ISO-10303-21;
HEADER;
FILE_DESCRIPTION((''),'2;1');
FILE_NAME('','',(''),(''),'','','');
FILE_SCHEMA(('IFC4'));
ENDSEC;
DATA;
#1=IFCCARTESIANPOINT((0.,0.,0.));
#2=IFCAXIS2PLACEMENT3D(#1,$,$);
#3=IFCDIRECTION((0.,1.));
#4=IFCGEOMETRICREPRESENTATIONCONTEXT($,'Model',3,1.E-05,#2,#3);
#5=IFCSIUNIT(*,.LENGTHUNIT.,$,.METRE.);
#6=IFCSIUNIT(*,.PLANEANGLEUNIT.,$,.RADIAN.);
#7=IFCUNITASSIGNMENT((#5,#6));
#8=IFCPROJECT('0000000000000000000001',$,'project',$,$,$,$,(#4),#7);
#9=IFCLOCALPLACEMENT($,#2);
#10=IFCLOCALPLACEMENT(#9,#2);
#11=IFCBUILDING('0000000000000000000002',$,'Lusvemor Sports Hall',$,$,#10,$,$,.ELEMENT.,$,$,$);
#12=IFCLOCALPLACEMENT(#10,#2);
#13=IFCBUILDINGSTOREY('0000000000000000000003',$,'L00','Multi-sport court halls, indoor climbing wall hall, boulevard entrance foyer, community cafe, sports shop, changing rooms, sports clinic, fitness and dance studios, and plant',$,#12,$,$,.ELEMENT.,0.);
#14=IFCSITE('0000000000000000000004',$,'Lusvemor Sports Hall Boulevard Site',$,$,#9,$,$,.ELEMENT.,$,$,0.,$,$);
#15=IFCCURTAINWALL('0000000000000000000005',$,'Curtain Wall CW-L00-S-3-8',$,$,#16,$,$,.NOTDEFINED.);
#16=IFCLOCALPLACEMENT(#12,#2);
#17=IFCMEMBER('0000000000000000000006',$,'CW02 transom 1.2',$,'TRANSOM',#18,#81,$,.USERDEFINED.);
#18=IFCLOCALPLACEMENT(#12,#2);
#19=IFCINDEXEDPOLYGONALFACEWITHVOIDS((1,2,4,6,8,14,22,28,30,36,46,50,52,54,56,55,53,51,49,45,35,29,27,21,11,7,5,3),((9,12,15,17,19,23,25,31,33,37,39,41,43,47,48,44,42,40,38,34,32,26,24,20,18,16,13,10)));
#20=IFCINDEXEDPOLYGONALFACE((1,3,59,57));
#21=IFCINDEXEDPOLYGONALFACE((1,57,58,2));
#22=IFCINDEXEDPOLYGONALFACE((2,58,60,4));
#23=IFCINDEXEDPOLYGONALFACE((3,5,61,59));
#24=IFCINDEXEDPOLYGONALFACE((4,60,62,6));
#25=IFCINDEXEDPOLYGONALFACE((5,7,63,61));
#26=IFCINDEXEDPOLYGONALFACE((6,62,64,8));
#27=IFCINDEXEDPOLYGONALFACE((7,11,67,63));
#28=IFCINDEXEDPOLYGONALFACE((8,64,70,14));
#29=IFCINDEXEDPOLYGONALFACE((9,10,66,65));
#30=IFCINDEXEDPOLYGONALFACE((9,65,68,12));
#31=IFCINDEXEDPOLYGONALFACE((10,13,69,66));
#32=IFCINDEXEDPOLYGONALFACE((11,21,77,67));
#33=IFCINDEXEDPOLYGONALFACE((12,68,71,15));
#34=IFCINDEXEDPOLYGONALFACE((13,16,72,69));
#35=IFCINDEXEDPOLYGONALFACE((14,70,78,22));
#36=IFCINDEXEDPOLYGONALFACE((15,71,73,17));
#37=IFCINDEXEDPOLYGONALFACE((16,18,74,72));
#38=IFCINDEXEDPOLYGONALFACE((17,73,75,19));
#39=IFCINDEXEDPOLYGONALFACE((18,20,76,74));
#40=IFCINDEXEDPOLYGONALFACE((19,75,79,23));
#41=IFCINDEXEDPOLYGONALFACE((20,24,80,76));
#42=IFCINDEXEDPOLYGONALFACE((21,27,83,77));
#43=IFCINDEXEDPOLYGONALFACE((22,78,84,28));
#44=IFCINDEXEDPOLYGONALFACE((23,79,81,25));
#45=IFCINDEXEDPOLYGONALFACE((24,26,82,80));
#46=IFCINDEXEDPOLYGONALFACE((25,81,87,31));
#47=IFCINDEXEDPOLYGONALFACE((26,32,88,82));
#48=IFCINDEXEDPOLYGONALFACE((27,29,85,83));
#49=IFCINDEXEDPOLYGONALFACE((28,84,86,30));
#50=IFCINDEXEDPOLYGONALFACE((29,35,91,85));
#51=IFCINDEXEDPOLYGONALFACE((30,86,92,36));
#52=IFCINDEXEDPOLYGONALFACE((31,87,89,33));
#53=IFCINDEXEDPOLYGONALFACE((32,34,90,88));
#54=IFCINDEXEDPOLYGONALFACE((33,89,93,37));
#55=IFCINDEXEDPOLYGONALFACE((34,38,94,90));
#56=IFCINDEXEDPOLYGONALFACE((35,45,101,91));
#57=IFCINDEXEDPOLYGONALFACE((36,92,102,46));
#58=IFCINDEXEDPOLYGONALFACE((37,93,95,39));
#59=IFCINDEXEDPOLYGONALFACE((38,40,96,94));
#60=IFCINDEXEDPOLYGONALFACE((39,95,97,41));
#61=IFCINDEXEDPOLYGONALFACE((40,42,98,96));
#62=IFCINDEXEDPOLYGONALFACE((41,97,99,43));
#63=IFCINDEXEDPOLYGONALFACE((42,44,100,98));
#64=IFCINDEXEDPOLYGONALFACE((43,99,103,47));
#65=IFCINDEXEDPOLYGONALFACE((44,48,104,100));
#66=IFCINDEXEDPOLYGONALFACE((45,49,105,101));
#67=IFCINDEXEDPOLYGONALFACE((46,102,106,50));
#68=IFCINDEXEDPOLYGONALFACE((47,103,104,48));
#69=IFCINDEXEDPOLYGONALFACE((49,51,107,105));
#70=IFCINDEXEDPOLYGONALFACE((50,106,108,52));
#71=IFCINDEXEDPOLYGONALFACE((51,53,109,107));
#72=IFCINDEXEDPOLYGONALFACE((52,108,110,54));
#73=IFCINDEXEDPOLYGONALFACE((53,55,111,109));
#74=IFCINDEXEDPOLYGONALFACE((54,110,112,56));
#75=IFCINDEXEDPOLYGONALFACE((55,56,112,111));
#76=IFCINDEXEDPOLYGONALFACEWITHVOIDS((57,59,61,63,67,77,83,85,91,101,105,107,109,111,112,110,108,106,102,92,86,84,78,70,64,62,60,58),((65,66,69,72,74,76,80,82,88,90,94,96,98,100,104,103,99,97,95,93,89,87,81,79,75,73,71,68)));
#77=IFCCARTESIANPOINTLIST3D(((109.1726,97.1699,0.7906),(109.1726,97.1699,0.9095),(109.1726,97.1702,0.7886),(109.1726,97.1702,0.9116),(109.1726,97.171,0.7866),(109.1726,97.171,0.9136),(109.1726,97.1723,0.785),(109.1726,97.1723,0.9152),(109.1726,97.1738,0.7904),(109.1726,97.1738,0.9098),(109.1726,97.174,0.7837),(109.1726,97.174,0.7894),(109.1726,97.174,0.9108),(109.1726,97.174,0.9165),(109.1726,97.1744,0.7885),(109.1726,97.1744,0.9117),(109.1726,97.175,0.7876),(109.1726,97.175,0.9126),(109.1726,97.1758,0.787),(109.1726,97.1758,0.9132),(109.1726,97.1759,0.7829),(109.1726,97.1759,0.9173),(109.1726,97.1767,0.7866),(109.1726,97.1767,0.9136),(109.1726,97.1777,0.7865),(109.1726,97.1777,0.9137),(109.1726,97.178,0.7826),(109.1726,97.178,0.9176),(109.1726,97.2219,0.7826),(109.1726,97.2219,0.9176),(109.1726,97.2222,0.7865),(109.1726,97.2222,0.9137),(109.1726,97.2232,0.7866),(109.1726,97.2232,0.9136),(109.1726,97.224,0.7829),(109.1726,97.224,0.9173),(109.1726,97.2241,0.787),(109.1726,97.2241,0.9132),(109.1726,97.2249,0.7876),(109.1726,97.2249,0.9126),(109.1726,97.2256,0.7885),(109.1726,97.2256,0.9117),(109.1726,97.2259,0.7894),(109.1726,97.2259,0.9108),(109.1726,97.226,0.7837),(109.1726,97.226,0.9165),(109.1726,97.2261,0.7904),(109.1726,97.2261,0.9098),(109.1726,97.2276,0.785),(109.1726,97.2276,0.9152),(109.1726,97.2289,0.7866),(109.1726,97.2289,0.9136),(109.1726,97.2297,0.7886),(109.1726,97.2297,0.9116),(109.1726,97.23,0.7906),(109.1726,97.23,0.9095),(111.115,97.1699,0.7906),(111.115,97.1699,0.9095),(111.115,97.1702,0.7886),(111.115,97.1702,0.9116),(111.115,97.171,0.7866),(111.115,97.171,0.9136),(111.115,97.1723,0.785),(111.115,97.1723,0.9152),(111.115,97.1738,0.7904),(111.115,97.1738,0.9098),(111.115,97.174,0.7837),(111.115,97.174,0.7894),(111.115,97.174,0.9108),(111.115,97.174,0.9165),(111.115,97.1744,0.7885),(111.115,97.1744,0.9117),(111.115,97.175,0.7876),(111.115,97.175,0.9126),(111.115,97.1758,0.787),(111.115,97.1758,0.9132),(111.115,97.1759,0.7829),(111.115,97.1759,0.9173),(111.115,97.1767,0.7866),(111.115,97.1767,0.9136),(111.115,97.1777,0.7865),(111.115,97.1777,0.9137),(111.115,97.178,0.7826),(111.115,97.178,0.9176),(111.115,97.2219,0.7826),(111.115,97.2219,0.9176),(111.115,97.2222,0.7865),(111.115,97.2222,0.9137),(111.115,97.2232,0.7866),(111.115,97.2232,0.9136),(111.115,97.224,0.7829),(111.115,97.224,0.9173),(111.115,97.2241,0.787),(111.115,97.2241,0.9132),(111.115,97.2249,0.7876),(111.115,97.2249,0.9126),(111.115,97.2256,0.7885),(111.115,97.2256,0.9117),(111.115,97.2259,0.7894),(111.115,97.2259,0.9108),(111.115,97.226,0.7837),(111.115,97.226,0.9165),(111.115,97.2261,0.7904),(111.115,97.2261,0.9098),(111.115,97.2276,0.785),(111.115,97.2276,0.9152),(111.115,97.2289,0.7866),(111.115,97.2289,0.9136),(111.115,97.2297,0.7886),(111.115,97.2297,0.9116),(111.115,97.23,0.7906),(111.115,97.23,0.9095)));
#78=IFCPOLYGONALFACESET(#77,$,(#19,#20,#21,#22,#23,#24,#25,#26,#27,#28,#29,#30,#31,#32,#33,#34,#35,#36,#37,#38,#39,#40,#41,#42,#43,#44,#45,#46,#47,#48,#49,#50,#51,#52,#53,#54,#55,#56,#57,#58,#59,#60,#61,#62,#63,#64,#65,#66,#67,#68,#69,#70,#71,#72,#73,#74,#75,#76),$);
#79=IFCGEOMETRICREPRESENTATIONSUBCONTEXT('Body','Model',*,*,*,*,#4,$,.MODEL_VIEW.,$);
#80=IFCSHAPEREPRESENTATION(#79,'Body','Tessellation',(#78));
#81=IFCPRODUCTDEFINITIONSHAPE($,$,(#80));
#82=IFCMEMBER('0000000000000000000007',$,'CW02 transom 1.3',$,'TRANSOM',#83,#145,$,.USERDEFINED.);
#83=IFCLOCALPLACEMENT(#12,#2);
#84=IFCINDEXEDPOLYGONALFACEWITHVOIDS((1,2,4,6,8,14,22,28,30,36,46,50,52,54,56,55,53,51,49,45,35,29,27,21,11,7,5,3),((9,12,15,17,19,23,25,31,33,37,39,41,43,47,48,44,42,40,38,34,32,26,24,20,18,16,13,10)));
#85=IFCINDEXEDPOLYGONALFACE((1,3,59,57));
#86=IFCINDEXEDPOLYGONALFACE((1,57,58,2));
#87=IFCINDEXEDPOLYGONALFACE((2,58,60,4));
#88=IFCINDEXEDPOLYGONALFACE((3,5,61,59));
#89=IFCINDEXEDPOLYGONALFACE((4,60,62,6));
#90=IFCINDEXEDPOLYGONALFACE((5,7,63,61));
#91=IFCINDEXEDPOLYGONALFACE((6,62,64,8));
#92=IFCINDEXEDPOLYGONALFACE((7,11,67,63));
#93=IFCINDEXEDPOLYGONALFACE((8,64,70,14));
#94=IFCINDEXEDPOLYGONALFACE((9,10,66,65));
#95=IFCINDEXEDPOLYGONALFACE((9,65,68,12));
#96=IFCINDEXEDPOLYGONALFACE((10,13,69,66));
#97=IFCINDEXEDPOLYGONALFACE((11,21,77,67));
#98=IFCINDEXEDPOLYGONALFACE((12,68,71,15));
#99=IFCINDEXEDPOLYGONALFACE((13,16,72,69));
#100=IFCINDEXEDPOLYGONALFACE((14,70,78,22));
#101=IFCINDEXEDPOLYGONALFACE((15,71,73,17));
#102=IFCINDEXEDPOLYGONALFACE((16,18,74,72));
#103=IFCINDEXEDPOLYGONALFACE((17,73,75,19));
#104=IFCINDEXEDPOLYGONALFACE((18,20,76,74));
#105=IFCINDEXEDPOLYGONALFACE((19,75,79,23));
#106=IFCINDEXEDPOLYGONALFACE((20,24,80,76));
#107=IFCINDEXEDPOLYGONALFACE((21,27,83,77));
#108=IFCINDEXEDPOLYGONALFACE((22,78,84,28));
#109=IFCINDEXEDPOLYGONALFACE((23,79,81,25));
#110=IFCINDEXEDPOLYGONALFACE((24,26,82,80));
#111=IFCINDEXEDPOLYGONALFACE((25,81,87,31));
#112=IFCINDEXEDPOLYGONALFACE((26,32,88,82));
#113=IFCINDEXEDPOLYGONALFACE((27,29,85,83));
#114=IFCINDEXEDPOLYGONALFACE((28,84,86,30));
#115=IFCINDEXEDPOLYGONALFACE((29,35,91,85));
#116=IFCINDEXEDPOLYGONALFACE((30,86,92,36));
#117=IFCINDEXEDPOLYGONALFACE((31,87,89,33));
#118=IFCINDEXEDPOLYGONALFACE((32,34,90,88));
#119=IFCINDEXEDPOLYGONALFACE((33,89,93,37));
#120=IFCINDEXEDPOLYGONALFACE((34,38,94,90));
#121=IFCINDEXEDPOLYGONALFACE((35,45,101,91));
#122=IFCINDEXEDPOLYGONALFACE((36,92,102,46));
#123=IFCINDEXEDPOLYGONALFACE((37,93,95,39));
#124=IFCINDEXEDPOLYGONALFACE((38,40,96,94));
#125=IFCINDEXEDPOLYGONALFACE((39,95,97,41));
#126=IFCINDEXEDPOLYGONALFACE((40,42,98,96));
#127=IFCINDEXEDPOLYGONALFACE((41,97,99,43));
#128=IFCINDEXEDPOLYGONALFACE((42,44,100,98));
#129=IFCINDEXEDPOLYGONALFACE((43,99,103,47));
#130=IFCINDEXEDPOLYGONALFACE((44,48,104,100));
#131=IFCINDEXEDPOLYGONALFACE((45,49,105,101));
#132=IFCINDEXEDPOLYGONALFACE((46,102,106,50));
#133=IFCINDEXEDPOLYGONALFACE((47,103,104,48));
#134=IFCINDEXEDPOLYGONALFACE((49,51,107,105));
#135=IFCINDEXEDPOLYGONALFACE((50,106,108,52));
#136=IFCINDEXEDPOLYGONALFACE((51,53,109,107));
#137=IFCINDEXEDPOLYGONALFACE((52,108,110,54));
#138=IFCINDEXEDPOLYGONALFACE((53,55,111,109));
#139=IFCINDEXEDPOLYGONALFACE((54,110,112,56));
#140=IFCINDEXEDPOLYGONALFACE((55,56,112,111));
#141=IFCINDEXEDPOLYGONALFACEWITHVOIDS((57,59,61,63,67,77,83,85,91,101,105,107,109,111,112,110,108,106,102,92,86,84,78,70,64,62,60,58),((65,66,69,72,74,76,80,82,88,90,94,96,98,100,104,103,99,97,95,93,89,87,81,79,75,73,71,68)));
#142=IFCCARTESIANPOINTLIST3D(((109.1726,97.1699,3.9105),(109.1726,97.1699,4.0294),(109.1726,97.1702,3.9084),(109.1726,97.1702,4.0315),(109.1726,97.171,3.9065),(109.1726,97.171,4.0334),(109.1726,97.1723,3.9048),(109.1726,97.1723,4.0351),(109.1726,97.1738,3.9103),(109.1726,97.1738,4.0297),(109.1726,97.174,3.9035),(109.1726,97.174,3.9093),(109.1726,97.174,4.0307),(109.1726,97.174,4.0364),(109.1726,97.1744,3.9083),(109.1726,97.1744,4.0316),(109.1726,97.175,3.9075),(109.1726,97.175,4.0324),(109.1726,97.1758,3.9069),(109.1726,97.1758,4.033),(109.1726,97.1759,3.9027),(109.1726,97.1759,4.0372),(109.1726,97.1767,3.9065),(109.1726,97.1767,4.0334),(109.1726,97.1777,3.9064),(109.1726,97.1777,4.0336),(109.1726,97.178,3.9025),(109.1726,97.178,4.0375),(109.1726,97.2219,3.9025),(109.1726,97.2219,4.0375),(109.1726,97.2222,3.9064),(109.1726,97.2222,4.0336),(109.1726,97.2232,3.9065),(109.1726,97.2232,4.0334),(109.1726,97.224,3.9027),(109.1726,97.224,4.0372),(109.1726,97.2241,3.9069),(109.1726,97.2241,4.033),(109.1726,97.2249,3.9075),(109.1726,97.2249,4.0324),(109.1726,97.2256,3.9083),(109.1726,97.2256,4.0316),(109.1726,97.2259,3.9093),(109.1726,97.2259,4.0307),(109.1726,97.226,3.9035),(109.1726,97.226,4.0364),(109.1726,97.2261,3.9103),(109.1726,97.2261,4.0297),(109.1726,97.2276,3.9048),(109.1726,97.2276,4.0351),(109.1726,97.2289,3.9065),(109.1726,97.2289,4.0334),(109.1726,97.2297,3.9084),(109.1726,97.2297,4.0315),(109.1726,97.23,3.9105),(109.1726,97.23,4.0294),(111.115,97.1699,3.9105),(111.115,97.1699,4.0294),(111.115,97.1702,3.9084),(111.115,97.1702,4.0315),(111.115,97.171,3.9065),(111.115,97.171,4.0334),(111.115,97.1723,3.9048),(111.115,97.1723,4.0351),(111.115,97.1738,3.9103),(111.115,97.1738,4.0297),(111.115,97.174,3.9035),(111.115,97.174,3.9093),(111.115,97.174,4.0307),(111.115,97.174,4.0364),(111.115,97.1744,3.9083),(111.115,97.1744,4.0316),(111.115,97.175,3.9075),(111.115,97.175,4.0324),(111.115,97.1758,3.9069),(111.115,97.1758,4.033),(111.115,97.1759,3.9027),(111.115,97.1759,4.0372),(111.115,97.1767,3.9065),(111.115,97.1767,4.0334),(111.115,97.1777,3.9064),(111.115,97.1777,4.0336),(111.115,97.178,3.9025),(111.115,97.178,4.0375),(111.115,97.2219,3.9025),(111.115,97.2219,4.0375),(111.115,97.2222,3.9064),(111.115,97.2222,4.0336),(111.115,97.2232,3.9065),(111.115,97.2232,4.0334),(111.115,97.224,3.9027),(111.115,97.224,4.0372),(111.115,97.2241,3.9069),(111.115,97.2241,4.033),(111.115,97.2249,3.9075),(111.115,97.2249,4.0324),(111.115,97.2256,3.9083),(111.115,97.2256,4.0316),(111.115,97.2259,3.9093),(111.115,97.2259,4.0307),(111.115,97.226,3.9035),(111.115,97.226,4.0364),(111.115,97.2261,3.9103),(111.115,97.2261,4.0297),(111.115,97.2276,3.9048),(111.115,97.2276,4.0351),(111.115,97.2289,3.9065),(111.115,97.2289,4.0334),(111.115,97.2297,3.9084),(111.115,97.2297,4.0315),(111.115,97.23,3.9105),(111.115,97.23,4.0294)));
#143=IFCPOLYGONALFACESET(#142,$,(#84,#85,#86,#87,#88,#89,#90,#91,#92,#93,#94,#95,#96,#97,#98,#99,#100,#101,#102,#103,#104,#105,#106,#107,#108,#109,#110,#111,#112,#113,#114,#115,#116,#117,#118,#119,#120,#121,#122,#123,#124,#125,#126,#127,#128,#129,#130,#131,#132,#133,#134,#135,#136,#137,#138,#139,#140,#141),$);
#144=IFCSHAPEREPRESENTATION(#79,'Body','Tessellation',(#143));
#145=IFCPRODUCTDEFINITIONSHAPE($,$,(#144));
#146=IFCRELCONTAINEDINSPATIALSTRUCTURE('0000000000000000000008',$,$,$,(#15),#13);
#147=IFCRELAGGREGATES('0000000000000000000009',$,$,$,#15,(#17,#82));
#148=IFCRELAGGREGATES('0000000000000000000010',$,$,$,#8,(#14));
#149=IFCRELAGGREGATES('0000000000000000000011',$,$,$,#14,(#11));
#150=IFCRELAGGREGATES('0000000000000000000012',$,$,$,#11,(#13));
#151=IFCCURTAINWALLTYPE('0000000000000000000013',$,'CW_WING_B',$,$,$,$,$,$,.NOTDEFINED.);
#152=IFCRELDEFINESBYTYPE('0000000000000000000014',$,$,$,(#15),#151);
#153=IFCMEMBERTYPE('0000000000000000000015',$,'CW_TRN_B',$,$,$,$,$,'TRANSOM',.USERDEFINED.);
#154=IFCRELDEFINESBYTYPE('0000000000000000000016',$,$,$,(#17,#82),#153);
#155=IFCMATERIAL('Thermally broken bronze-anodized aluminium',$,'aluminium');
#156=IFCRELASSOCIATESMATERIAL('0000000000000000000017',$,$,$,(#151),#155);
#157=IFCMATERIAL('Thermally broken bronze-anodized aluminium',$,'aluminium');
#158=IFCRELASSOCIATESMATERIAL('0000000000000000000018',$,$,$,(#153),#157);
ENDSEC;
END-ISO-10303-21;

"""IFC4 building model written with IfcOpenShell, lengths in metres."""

from ifc_helpers import new_model, si_unit, direction, frame, origin, origin_2d, place, context, subcontext, project, spatial, hollow_rectangle, extrude, material, material_profile, profile_set, type_object, element, aggregate, save


model = new_model("IFC4")

# Units and contexts
model_context = context("Model", 3, precision=1e-05, world=origin(), true_north=direction((0.0, 1.0)))
body_context = subcontext(model_context, "Body", "Model", "MODEL_VIEW")
ifc_project = project(units=[si_unit("LENGTHUNIT", "METRE"), si_unit("PLANEANGLEUNIT", "RADIAN")], contexts=[model_context])

# Site, building, storey
site_placement = place(None, origin())
site = spatial("IfcSite", under=ifc_project, at=site_placement, Name="Lusvemor Sports Hall Boulevard Site", CompositionType="ELEMENT", RefElevation=0.0)
building_placement = place(site_placement, origin())
building = spatial("IfcBuilding", under=site, at=building_placement, Name="Lusvemor Sports Hall", CompositionType="ELEMENT")
storey_placement = place(building_placement, origin())
storey = spatial("IfcBuildingStorey", under=building, at=storey_placement, Name="L00", Description="Multi-sport court halls, indoor climbing wall hall, boulevard entrance foyer, community cafe, sports shop, changing rooms, sports clinic, fitness and dance studios, and plant", CompositionType="ELEMENT", Elevation=0.0)

# Curtain wall, members
ifc_material_1 = material(Name="Thermally broken bronze-anodized aluminium", Category="aluminium")
curtain_wall_type = type_object("IfcCurtainWallType", Name="CW_WING_B", PredefinedType="NOTDEFINED", material=ifc_material_1)
curtain_wall_placement = place(storey_placement, origin())
curtain_wall = element("IfcCurtainWall", 1, at=curtain_wall_placement, inside=storey, type_object=curtain_wall_type, Name="Curtain Wall CW-L00-S-3-8", PredefinedType="NOTDEFINED")
ifc_material_2 = material(Name="Thermally broken bronze-anodized aluminium", Category="aluminium")
ifc_material_profile_1 = material_profile(ifc_material_2, hollow_rectangle(XDim=0.0601, YDim=0.135, WallThickness=0.0039, InnerFilletRadius=0.0039, OuterFilletRadius=0.0081, at=origin_2d()), Name="CWTRN135x60x4")
ifc_profile_set_1 = profile_set([ifc_material_profile_1], Name="Thermally broken bronze-anodized aluminium")
member_type_1 = type_object("IfcMemberType", Name="CW_TRN_B", ElementType="TRANSOM", PredefinedType="USERDEFINED", material=ifc_profile_set_1)
member_1_placement = place(storey_placement, frame((111.115, 97.2, 0.8501), z_axis=(-1.0, 0.0, 0.0), x_axis=(0.0, -1.0, 0.0)))
member_1 = element("IfcMember", 2, at=member_1_placement, type_object=member_type_1, Name="CW02 transom 1.2", ObjectType="TRANSOM", PredefinedType="USERDEFINED", context=body_context, shape_type="SweptSolid", body=[
    extrude(hollow_rectangle(XDim=0.0601, YDim=0.135, WallThickness=0.0039, InnerFilletRadius=0.0039, OuterFilletRadius=0.0081, at=origin_2d()), origin(), (0.0, 0.0, 1.0), 1.9424),
])
member_2_placement = place(storey_placement, frame((111.115, 97.2, 3.97), z_axis=(-1.0, 0.0, 0.0), x_axis=(0.0, -1.0, 0.0)))
member_2 = element("IfcMember", 3, at=member_2_placement, type_object=member_type_1, Name="CW02 transom 1.3", ObjectType="TRANSOM", PredefinedType="USERDEFINED", context=body_context, shape_type="SweptSolid", body=[
    extrude(hollow_rectangle(XDim=0.0601, YDim=0.135, WallThickness=0.0039, InnerFilletRadius=0.0039, OuterFilletRadius=0.0081, at=origin_2d()), origin(), (0.0, 0.0, 1.0), 1.9424),
])
aggregate(curtain_wall, [member_1, member_2])

save(model, "model.ifc")
